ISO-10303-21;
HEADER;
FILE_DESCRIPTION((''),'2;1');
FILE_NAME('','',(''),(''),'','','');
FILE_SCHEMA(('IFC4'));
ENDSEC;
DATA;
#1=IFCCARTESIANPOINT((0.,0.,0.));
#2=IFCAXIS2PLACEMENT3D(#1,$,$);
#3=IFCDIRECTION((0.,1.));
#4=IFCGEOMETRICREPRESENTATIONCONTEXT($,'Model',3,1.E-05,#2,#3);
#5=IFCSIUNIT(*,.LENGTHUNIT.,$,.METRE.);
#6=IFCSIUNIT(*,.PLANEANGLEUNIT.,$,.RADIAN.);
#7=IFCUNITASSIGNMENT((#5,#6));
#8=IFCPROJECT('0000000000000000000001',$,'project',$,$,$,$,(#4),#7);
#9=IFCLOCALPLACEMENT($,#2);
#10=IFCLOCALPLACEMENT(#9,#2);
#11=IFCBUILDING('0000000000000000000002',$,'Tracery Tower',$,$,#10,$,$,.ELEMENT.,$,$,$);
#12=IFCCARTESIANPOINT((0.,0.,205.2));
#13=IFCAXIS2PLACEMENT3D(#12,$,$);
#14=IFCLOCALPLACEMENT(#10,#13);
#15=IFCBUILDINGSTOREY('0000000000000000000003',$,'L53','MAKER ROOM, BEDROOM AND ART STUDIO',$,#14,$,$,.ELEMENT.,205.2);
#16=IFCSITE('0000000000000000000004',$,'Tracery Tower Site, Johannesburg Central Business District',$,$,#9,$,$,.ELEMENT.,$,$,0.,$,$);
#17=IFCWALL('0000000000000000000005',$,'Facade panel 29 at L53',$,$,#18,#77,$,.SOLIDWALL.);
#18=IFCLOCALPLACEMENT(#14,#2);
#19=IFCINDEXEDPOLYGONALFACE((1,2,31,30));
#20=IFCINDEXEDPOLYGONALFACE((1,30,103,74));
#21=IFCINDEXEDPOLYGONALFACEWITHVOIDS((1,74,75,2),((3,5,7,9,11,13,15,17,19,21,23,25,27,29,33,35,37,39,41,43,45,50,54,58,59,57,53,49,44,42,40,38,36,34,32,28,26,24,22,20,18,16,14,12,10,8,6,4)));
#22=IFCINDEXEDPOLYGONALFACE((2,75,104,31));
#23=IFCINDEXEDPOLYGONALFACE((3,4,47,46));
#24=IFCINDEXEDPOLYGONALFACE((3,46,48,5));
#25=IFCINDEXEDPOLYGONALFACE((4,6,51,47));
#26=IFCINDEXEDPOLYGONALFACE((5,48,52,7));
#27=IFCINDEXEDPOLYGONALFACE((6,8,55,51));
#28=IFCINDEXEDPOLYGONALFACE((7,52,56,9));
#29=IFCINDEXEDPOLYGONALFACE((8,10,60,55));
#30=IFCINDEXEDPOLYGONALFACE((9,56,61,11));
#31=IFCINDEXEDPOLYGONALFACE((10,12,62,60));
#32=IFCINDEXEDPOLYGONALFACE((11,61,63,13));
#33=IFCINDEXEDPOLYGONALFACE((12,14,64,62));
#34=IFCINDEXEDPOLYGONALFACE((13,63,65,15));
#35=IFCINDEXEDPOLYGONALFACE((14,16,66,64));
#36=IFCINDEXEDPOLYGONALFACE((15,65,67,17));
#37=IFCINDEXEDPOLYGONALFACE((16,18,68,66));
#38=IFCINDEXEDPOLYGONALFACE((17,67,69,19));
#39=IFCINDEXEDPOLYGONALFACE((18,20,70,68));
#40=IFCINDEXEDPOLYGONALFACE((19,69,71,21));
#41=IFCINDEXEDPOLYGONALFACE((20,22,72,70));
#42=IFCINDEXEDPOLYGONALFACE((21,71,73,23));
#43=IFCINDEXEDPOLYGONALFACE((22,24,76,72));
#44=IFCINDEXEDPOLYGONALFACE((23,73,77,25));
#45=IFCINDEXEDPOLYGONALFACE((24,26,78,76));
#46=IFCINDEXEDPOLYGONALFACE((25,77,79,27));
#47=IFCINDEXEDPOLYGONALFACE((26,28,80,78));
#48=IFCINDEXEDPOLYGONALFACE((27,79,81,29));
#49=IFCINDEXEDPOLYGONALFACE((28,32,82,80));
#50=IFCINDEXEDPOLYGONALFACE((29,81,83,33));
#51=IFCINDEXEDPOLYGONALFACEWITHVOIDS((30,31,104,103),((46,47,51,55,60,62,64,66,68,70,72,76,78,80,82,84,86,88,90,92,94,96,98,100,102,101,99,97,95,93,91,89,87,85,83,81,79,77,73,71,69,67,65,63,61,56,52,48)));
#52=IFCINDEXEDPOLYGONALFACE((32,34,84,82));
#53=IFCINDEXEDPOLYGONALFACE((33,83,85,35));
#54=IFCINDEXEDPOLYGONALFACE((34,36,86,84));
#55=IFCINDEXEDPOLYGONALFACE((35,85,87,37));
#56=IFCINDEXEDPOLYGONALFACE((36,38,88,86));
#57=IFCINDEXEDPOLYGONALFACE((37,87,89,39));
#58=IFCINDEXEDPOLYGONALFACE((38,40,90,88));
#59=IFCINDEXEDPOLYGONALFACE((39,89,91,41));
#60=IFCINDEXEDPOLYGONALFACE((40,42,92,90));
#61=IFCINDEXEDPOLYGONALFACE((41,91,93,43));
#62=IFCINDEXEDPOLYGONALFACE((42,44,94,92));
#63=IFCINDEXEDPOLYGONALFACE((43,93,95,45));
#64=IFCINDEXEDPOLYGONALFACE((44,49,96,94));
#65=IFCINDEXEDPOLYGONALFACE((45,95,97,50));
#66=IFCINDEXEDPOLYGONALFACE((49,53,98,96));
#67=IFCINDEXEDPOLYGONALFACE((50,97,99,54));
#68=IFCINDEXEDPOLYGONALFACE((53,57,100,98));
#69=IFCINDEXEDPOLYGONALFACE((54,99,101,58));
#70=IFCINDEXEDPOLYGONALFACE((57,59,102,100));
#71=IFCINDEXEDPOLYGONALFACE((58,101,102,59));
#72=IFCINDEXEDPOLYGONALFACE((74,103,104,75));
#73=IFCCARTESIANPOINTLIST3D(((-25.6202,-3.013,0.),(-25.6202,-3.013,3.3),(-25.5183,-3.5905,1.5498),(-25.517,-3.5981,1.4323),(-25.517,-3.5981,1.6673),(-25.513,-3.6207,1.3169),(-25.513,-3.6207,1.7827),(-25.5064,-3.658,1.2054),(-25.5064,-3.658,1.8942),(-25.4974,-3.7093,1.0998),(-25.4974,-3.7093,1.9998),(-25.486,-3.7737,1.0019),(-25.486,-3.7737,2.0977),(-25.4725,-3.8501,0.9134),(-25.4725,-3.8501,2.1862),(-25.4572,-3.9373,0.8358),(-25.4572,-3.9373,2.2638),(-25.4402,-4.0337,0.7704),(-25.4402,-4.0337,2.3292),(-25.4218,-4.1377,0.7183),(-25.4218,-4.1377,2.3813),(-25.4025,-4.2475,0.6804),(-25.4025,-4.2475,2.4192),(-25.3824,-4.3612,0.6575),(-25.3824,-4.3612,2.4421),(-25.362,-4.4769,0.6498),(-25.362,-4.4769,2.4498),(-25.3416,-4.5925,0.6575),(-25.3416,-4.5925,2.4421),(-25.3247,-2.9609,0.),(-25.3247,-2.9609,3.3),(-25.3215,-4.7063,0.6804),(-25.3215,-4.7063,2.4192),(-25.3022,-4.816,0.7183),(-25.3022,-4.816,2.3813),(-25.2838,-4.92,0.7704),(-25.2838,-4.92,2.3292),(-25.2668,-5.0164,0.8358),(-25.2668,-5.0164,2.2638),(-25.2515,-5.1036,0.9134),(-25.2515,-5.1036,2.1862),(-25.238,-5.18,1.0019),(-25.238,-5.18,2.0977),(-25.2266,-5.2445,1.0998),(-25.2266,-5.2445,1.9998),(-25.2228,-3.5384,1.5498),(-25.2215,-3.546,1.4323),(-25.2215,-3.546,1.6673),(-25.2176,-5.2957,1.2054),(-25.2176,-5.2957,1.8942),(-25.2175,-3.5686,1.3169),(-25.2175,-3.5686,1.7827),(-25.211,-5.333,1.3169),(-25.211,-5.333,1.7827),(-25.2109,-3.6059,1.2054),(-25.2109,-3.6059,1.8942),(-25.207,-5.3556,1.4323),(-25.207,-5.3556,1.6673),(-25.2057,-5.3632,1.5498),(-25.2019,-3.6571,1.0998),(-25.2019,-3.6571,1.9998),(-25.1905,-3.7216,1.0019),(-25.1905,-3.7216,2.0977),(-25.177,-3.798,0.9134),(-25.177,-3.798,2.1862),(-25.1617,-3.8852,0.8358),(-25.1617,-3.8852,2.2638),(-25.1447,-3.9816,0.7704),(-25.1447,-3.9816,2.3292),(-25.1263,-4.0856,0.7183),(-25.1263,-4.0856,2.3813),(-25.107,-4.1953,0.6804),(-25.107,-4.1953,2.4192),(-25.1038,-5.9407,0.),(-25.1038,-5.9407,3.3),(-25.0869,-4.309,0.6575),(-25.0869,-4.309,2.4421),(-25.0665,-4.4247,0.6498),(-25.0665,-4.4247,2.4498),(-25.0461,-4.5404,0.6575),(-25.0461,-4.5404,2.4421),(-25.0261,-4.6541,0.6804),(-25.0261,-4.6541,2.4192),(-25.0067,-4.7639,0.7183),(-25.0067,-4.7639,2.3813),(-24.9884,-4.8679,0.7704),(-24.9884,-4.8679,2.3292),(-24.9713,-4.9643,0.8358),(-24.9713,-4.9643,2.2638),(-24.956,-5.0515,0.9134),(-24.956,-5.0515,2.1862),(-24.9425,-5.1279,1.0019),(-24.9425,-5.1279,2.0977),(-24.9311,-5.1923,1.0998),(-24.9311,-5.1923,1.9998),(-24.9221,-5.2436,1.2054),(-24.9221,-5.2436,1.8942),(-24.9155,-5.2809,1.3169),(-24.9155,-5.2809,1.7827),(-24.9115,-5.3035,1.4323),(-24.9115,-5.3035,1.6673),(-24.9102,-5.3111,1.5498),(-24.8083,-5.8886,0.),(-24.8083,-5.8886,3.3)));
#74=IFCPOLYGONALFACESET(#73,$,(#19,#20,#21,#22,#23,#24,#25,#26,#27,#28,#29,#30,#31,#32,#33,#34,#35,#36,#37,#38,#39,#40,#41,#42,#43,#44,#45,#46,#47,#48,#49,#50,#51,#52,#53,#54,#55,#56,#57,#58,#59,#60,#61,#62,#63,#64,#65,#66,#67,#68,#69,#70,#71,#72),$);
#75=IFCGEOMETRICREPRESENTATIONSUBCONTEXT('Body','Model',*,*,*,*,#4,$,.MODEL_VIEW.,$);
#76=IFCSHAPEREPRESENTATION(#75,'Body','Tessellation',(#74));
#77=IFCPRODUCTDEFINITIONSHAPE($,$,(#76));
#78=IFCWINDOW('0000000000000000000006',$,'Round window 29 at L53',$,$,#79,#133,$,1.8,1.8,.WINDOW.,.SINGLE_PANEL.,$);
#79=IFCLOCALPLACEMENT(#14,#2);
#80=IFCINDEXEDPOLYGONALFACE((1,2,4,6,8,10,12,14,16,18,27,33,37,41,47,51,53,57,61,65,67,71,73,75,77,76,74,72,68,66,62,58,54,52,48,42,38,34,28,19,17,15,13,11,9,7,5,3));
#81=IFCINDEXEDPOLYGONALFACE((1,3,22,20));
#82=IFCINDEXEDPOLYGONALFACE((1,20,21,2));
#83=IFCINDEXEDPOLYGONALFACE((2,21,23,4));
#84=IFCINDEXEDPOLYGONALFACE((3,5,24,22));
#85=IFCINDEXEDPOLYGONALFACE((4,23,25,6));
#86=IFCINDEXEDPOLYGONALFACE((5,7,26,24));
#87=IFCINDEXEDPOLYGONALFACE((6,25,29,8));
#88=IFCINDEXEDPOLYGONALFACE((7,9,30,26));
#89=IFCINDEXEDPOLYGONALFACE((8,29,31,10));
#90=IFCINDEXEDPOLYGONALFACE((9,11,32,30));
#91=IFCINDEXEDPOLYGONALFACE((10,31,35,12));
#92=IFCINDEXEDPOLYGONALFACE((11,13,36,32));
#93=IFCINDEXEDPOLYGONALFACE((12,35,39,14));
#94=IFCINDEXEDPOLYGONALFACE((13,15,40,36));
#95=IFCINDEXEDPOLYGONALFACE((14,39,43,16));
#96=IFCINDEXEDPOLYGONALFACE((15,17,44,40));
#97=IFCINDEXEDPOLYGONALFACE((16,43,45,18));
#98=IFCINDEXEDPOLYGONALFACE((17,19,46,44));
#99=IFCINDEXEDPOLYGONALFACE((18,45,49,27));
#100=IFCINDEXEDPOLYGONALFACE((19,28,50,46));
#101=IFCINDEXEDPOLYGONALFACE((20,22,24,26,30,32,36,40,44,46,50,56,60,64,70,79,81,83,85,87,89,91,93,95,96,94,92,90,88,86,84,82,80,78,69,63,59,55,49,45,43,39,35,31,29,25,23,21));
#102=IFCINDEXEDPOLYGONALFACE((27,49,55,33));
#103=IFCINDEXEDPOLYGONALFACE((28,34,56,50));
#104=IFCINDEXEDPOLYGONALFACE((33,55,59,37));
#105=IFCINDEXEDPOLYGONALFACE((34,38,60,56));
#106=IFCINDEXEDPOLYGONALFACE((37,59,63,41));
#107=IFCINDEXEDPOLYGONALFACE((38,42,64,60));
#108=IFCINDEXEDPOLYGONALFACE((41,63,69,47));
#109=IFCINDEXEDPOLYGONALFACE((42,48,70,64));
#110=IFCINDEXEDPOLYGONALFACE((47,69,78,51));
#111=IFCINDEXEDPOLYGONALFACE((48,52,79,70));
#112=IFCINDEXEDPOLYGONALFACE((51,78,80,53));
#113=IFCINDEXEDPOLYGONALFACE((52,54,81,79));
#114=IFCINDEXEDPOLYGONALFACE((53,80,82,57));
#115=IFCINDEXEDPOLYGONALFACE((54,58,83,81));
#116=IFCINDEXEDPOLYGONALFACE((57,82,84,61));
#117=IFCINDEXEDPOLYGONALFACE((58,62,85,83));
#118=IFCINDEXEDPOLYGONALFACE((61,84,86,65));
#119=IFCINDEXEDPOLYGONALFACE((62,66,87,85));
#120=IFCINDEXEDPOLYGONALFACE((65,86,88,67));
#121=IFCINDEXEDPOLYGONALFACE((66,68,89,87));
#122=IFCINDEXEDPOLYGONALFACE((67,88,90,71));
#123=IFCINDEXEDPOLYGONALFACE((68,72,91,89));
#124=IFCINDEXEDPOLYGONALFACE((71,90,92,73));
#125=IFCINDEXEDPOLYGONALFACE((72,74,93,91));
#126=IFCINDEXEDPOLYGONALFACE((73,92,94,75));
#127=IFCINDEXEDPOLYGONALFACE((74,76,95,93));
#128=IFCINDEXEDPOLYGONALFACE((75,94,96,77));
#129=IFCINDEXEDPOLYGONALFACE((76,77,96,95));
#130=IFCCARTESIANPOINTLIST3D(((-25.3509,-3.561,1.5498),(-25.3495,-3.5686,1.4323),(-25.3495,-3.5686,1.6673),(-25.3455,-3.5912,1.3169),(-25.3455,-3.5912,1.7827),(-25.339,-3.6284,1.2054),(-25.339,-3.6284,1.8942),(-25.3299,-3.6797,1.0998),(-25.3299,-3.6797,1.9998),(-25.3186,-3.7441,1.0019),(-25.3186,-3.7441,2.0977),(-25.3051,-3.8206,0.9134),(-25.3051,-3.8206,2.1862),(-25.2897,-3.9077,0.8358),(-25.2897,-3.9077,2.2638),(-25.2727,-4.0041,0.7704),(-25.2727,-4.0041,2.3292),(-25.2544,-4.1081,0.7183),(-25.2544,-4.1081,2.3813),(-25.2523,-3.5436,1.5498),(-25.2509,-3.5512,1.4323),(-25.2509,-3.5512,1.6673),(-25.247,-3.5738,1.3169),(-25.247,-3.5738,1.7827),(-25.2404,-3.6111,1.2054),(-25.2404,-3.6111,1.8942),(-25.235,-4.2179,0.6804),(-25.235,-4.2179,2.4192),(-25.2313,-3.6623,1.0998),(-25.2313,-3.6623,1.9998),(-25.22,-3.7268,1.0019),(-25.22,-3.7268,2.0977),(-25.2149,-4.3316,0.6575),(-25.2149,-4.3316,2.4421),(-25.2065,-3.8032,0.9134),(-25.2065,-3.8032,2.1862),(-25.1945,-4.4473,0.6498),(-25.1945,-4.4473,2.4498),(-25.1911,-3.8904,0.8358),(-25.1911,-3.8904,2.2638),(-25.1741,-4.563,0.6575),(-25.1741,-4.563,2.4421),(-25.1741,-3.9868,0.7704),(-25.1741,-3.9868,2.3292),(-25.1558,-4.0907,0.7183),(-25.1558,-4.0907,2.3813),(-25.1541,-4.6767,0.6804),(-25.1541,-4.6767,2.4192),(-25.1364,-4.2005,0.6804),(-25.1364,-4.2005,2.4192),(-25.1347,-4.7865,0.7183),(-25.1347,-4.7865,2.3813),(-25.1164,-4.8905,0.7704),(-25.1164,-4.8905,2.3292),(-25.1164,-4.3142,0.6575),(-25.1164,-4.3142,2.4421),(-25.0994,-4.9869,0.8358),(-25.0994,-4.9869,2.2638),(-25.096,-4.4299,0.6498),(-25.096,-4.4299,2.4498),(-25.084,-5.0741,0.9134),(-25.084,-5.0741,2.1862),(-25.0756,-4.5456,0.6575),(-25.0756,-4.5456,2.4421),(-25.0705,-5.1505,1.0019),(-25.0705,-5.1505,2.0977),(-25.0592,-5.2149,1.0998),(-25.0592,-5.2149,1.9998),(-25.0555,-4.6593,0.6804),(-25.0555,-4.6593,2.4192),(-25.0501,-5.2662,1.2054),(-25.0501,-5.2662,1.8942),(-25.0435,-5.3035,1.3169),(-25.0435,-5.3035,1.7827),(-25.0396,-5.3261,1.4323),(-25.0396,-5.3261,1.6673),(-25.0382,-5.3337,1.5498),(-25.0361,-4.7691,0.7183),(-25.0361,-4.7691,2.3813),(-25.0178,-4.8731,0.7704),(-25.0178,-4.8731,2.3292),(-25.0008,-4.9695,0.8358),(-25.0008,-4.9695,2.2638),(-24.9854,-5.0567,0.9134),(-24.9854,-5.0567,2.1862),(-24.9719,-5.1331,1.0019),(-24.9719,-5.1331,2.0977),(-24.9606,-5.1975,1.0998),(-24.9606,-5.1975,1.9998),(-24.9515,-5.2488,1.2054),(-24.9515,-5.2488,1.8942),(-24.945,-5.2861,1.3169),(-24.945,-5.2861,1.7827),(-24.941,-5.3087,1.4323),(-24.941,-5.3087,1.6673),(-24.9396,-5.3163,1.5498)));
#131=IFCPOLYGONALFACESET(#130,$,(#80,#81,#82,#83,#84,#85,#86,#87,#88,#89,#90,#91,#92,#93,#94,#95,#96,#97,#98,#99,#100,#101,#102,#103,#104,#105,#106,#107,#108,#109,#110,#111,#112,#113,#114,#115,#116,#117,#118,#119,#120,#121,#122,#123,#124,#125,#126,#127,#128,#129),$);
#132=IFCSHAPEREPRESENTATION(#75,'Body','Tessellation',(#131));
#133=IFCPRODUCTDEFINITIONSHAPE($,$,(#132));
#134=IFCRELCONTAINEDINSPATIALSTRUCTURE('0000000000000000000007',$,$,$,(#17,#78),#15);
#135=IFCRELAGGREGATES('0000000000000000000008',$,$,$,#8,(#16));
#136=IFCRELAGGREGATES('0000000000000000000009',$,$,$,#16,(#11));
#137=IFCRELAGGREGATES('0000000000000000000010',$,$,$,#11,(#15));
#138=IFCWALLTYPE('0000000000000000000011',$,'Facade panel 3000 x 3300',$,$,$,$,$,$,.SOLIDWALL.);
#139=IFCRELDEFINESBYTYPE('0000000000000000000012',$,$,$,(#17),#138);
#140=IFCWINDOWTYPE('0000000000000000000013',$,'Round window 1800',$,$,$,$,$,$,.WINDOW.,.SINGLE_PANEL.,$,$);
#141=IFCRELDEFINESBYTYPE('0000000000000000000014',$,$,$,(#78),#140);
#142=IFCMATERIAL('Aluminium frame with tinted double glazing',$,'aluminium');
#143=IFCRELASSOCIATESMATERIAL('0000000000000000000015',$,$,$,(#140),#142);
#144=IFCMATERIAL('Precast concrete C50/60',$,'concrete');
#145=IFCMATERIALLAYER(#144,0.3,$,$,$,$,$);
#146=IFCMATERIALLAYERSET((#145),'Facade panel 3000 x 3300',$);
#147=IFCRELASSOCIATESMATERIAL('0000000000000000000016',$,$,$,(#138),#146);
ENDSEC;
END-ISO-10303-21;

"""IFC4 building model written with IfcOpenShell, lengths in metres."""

from ifc_helpers import new_model, si_unit, direction, frame, frame_2d, origin, origin_2d, place, context, subcontext, project, spatial, rectangle, circle, extrude, material, layer, layer_set, type_object, element, fill, save


model = new_model("IFC4")

# Units and contexts
model_context = context("Model", 3, precision=1e-05, world=origin(), true_north=direction((0.0, 1.0)))
body_context = subcontext(model_context, "Body", "Model", "MODEL_VIEW")
ifc_project = project(units=[si_unit("LENGTHUNIT", "METRE"), si_unit("PLANEANGLEUNIT", "RADIAN")], contexts=[model_context])

# Site, building, storey
site_placement = place(None, origin())
site = spatial("IfcSite", under=ifc_project, at=site_placement, Name="Tracery Tower Site, Johannesburg Central Business District", CompositionType="ELEMENT", RefElevation=0.0)
building_placement = place(site_placement, origin())
building = spatial("IfcBuilding", under=site, at=building_placement, Name="Tracery Tower", CompositionType="ELEMENT")
storey_placement = place(building_placement, frame((0.0, 0.0, 205.2)))
storey = spatial("IfcBuildingStorey", under=building, at=storey_placement, Name="L53", Description="MAKER ROOM, BEDROOM AND ART STUDIO", CompositionType="ELEMENT", Elevation=205.2)

# Wall, opening, window
ifc_material_1 = material(Name="Aluminium frame with tinted double glazing", Category="aluminium")
window_type = type_object("IfcWindowType", Name="Round window 1800", PartitioningType="SINGLE_PANEL", PredefinedType="WINDOW", material=ifc_material_1)
ifc_material_2 = material(Name="Precast concrete C50/60", Category="concrete")
ifc_layer_1 = layer(ifc_material_2, 0.3)
ifc_layer_set_1 = layer_set([ifc_layer_1], Name="Facade panel 3000 x 3300")
wall_type_1 = type_object("IfcWallType", Name="Facade panel 3000 x 3300", PredefinedType="SOLIDWALL", material=ifc_layer_set_1)
wall_1_placement = place(storey_placement, frame((-25.4724, -2.9871, 0.0), z_axis=(0.0, 0.0, 1.0), x_axis=(0.173687, -0.984801, 0.0)))
wall_1 = element("IfcWall", 1, at=wall_1_placement, inside=storey, type_object=wall_type_1, Name="Facade panel 29 at L53", PredefinedType="SOLIDWALL", context=body_context, shape_type="SweptSolid", body=[
    extrude(rectangle(XDim=2.9729, YDim=0.3, at=frame_2d((1.4863, 0.0))), origin(), (0.0, 0.0, 1.0), 3.3),
])
opening_1_placement = place(wall_1_placement, frame((1.4863, 0.0, 1.5498)))
opening_1 = element("IfcOpeningElement", 2, at=opening_1_placement, cuts=wall_1, PredefinedType="OPENING", context=body_context, shape_type="SweptSolid", body=[
    extrude(circle(Radius=0.9, at=origin_2d()), frame((0.0, 0.1599, 0.0), z_axis=(0.0, -1.0, 0.0), x_axis=(1.0, 0.0, 0.0)), (0.0, 0.0, 1.0), 0.3201),
])
window_1_placement = place(opening_1_placement, origin())
window_1 = element("IfcWindow", 3, at=window_1_placement, inside=storey, type_object=window_type, Name="Round window 29 at L53", OverallHeight=1.8, OverallWidth=1.8, PartitioningType="SINGLE_PANEL", PredefinedType="WINDOW", context=body_context, shape_type="SweptSolid", body=[
    extrude(circle(Radius=0.9, at=origin_2d()), frame((0.0, 0.1201, 0.0), z_axis=(0.0, -1.0, 0.0), x_axis=(1.0, 0.0, 0.0)), (0.0, 0.0, 1.0), 0.1001),
])
fill(opening_1, window_1)

save(model, "model.ifc")
